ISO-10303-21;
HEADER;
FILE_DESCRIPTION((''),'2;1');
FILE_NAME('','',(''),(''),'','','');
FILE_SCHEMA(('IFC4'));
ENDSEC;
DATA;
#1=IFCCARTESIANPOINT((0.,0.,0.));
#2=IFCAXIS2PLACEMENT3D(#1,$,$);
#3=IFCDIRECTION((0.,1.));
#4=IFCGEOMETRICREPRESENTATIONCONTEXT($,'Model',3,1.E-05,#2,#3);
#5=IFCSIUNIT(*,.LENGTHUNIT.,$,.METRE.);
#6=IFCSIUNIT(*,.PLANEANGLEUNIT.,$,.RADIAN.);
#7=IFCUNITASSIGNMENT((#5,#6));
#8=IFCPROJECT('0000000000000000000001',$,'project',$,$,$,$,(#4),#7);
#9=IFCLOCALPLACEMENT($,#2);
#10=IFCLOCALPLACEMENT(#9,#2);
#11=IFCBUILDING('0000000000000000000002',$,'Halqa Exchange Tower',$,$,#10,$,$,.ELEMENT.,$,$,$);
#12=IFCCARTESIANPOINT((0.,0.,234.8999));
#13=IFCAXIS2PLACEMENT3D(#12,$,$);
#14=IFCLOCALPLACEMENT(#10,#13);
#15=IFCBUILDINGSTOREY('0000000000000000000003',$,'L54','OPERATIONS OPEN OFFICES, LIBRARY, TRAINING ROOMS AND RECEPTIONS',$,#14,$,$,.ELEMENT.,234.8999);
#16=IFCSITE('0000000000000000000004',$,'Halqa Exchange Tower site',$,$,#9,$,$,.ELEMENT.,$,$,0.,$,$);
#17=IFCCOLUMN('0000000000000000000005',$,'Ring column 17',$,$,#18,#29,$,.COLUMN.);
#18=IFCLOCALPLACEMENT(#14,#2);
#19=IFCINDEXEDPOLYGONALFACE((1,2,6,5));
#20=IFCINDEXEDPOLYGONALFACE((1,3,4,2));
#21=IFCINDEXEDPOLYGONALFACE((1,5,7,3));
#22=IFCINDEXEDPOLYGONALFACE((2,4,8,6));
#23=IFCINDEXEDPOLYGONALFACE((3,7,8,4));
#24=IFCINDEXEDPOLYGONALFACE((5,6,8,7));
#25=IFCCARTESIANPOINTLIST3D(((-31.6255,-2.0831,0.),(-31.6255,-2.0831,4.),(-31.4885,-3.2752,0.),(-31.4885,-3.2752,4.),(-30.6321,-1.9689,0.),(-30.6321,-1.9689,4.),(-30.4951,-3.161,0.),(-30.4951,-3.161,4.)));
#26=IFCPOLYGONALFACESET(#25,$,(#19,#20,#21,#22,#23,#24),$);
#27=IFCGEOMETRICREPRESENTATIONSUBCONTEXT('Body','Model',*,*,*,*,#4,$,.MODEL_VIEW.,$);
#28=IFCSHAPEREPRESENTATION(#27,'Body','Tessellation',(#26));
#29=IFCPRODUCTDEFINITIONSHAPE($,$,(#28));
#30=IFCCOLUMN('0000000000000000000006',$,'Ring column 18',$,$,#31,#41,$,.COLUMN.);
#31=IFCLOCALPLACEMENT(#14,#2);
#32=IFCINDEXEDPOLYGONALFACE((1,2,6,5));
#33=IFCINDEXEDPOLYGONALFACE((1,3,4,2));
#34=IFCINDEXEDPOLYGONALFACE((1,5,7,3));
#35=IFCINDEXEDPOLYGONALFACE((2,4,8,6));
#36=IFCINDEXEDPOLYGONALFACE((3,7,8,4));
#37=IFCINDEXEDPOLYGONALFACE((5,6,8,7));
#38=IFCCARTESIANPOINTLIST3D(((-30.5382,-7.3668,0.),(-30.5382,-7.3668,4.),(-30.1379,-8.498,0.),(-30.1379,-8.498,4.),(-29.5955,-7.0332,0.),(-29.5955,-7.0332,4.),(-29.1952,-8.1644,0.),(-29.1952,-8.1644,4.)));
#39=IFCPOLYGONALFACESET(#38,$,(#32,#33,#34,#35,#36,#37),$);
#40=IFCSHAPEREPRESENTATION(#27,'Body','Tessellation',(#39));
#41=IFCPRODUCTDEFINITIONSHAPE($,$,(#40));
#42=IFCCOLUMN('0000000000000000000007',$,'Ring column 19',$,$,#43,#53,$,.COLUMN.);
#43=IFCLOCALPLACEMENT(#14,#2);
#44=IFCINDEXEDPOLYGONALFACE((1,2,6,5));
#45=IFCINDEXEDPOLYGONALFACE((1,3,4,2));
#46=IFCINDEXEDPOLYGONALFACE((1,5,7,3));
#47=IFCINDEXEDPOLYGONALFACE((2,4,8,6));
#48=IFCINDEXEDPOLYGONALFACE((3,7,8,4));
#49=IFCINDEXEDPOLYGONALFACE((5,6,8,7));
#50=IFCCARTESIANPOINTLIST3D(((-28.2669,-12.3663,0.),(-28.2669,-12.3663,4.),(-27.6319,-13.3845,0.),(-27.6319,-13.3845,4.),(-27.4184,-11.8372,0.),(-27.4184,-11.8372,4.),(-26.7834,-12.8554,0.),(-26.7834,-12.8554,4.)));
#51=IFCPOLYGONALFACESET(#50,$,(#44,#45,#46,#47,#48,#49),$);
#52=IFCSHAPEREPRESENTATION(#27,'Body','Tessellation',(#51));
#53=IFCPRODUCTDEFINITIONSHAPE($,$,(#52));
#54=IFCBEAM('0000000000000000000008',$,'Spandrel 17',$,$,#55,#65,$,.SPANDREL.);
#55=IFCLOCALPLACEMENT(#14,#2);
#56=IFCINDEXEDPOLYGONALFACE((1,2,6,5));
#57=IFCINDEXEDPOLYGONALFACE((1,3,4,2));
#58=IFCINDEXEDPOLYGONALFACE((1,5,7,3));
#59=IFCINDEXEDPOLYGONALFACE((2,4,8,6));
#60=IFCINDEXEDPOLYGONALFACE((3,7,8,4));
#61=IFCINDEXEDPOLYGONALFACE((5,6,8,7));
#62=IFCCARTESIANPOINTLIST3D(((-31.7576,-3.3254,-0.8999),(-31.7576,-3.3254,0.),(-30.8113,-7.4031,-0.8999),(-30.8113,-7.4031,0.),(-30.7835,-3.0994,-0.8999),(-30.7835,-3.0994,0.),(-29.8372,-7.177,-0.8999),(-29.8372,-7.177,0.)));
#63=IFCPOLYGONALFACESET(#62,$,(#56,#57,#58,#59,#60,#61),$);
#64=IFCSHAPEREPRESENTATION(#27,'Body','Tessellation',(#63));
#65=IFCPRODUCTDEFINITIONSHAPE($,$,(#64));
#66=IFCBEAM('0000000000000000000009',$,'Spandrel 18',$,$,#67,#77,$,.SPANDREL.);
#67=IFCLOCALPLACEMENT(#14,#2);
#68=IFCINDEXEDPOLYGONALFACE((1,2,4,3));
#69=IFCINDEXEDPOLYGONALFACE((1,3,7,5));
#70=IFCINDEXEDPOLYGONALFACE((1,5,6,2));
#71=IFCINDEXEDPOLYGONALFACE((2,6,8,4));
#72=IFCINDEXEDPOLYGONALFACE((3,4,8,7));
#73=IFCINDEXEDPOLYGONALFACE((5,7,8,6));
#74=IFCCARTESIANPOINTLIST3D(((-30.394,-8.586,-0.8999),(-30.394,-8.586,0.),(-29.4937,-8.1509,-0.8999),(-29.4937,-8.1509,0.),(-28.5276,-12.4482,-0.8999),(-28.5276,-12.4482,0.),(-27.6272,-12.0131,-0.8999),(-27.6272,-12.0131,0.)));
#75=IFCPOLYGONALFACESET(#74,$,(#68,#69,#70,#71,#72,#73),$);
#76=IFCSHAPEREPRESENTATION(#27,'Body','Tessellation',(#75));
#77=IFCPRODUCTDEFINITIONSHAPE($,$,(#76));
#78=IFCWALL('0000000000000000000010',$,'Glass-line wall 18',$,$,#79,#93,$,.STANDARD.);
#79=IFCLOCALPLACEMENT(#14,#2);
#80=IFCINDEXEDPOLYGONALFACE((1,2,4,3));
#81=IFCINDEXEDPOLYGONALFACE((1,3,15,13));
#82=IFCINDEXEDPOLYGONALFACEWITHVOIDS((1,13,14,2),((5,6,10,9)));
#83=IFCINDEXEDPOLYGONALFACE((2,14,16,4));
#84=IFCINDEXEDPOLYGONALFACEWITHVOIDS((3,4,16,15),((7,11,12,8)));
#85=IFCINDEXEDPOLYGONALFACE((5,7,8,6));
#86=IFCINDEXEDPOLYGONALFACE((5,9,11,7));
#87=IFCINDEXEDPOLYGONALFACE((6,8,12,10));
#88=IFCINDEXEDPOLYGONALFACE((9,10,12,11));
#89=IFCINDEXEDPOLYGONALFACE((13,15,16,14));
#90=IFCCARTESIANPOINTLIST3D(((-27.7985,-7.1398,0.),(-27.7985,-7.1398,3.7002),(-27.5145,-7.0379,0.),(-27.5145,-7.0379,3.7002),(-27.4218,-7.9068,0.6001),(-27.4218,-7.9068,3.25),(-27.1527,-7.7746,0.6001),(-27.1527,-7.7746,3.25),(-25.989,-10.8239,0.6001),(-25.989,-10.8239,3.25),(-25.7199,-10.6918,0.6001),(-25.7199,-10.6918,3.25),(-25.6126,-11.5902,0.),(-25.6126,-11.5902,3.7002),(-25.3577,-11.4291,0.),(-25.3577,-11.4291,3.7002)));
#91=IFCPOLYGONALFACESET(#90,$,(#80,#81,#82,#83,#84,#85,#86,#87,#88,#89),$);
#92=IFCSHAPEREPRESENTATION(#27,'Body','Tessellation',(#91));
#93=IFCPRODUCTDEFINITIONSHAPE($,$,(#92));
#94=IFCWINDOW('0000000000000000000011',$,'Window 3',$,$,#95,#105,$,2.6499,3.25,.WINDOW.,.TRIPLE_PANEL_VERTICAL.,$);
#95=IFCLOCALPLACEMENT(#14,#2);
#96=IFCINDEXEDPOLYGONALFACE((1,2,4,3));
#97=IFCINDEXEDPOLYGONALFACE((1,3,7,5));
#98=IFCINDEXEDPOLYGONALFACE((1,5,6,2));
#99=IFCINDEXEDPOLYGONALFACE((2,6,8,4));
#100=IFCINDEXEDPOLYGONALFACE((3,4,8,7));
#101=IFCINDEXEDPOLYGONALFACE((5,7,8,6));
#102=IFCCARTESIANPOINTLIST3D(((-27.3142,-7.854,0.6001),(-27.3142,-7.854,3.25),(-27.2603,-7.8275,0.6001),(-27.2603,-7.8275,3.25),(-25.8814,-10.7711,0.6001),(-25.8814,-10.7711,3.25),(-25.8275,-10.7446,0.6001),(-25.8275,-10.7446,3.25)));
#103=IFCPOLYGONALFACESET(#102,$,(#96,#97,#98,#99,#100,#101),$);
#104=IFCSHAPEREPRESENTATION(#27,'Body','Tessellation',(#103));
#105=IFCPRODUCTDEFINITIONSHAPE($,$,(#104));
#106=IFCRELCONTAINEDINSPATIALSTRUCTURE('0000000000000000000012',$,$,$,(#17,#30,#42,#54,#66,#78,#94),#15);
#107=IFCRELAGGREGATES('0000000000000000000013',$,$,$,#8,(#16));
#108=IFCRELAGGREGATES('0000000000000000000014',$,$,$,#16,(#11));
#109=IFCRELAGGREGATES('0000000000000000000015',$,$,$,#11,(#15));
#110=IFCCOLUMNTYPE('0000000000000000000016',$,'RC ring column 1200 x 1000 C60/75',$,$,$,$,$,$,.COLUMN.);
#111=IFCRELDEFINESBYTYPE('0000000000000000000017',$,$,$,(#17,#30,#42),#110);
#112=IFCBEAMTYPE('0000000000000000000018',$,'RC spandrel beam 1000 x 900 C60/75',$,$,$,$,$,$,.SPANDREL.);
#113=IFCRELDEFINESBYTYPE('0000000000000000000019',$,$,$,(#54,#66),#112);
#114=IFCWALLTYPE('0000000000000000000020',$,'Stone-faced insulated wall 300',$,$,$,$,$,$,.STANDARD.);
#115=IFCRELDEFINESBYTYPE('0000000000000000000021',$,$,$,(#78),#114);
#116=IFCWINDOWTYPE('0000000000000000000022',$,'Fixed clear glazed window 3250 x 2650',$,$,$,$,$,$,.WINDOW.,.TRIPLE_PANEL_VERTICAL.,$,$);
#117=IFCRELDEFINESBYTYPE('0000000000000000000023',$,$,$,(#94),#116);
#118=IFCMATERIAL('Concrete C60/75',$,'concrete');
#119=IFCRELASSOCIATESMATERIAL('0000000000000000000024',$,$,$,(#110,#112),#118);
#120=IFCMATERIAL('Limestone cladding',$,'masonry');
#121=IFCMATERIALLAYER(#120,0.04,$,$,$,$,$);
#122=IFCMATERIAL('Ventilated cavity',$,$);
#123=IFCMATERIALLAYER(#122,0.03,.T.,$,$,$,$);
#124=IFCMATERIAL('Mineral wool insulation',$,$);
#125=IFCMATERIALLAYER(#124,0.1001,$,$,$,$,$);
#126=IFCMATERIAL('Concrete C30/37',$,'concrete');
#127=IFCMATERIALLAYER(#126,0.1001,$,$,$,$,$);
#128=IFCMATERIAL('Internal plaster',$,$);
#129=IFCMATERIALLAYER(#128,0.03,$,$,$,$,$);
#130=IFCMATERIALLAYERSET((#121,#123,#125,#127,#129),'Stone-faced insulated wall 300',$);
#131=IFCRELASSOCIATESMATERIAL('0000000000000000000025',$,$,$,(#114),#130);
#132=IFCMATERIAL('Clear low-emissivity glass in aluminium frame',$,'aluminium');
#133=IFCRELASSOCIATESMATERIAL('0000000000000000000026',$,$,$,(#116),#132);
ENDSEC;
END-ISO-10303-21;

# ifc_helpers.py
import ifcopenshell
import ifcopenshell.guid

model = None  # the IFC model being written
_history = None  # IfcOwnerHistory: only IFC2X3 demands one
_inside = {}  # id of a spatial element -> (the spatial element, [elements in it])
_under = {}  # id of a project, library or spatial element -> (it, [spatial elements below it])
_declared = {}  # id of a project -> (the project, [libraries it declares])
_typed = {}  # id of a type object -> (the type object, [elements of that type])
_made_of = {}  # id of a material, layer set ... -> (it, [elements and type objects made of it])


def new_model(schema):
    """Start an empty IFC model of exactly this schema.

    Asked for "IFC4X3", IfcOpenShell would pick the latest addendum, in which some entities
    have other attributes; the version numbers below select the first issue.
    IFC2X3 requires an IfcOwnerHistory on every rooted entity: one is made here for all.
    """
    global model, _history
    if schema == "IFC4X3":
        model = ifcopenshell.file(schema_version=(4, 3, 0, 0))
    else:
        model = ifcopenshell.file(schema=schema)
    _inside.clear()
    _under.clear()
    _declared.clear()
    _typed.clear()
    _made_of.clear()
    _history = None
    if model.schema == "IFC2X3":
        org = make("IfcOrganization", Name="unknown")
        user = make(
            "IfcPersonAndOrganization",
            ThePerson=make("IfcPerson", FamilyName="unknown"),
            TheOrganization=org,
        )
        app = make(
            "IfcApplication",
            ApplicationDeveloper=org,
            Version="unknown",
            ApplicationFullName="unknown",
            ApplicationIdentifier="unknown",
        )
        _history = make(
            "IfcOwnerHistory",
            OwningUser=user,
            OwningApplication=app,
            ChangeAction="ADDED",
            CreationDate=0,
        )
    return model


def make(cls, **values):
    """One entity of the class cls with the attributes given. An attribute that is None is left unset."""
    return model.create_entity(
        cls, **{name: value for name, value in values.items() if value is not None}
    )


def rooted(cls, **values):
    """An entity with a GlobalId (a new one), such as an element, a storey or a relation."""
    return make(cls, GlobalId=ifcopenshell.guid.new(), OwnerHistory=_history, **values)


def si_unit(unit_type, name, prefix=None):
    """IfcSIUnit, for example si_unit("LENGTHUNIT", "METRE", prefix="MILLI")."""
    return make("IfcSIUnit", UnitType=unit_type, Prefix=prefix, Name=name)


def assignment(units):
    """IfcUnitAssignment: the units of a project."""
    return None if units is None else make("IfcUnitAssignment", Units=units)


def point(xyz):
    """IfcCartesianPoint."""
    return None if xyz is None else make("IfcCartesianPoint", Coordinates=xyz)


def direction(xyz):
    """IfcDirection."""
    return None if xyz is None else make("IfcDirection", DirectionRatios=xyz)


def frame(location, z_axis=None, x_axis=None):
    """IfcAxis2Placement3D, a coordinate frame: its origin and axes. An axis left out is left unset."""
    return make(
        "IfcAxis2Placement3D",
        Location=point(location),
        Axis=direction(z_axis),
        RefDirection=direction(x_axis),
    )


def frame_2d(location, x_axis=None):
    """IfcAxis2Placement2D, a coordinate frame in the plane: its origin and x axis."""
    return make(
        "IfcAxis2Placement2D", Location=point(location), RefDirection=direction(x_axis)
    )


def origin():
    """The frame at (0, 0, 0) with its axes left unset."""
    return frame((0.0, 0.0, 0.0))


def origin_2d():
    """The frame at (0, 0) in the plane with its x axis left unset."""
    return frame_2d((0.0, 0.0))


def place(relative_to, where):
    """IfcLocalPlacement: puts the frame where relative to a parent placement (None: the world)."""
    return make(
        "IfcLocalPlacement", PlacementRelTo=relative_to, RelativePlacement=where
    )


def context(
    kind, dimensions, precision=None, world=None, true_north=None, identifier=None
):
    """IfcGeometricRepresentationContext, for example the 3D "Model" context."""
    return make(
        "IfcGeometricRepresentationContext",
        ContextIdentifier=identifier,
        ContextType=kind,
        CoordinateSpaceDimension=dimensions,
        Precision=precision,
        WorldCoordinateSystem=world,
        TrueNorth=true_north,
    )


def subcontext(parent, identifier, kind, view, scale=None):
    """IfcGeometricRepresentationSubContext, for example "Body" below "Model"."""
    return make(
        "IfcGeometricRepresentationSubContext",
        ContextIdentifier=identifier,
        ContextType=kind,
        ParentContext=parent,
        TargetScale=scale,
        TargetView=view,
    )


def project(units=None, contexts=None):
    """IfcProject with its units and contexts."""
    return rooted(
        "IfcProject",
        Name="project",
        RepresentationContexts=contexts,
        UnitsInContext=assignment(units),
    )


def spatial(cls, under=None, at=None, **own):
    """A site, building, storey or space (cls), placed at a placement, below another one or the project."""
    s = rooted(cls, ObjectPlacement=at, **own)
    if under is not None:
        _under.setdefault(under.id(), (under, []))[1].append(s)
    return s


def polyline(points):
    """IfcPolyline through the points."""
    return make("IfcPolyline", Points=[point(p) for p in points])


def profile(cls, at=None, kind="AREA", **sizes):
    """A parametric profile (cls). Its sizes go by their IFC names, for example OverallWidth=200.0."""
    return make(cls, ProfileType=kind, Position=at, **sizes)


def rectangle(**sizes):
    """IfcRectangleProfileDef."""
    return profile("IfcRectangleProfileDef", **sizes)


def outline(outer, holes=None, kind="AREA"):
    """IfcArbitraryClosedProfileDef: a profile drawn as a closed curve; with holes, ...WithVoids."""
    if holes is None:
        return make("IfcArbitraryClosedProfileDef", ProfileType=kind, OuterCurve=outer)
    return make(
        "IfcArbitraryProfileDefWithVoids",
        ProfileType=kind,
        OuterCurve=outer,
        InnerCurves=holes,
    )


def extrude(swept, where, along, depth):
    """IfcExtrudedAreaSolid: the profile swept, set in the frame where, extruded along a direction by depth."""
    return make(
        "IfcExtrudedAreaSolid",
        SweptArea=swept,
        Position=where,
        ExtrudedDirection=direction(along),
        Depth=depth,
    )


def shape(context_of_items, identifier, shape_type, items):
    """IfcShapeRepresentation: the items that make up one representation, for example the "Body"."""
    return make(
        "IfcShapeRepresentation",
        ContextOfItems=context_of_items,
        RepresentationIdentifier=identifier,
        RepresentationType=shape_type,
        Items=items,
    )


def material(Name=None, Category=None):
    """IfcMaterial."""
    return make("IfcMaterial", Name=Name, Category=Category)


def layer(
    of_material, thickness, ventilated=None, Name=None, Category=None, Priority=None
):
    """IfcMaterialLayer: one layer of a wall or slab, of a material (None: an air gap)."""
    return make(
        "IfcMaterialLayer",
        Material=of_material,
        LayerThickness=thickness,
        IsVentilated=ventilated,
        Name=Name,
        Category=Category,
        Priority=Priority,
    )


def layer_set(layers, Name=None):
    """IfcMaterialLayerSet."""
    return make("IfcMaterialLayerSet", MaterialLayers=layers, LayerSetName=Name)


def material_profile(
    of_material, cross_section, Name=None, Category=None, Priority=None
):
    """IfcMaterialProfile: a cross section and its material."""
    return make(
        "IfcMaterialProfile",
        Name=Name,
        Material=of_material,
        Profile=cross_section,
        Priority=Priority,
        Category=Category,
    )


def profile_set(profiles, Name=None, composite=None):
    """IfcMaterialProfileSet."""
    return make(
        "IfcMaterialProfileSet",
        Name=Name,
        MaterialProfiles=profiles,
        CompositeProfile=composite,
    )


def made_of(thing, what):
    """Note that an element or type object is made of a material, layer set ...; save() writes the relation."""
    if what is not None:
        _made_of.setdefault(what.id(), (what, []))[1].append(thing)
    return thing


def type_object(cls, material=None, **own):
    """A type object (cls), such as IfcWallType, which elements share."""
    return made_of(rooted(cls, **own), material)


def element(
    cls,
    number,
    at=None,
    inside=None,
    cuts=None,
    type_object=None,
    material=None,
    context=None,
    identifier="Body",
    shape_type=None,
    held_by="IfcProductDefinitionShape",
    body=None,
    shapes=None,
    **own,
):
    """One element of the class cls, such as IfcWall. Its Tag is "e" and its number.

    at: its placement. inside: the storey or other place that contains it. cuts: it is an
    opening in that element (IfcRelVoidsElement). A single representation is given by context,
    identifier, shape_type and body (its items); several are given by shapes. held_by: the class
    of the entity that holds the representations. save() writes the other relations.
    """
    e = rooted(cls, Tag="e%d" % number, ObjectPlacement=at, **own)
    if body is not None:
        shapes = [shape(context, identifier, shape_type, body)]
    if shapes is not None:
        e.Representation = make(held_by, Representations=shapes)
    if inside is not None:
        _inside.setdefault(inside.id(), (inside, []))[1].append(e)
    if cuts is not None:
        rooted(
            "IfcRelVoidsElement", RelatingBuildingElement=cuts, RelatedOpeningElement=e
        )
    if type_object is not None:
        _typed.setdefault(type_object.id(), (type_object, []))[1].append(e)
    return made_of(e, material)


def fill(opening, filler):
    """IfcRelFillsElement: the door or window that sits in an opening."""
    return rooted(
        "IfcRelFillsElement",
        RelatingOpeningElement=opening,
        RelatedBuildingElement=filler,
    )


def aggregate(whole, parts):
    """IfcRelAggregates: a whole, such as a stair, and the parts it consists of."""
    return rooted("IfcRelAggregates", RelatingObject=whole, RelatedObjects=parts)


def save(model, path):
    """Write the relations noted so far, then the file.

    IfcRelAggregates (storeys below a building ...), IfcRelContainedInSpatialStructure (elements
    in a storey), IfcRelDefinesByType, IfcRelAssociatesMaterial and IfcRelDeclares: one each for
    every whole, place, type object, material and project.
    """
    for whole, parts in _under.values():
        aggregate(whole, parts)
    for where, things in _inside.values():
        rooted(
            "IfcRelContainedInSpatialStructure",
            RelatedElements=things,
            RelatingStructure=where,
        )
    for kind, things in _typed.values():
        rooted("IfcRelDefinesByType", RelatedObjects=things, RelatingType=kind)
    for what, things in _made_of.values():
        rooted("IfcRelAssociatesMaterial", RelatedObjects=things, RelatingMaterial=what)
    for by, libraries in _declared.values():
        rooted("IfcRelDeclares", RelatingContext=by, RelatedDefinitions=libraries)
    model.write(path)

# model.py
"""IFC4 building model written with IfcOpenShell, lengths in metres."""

from ifc_helpers import new_model, si_unit, direction, frame, frame_2d, origin, origin_2d, place, context, subcontext, project, spatial, polyline, rectangle, outline, extrude, material, layer, layer_set, material_profile, profile_set, type_object, element, fill, save


model = new_model("IFC4")

# Units and contexts
model_context = context("Model", 3, precision=1e-05, world=origin(), true_north=direction((0.0, 1.0)))
body_context = subcontext(model_context, "Body", "Model", "MODEL_VIEW")
ifc_project = project(units=[si_unit("LENGTHUNIT", "METRE"), si_unit("PLANEANGLEUNIT", "RADIAN")], contexts=[model_context])

# Site, building, storey
site_placement = place(None, origin())
site = spatial("IfcSite", under=ifc_project, at=site_placement, Name="Halqa Exchange Tower site", CompositionType="ELEMENT", RefElevation=0.0)
building_placement = place(site_placement, origin())
building = spatial("IfcBuilding", under=site, at=building_placement, Name="Halqa Exchange Tower", CompositionType="ELEMENT")
storey_placement = place(building_placement, frame((0.0, 0.0, 234.8999)))
storey = spatial("IfcBuildingStorey", under=building, at=storey_placement, Name="L54", Description="OPERATIONS OPEN OFFICES, LIBRARY, TRAINING ROOMS AND RECEPTIONS", CompositionType="ELEMENT", Elevation=234.8999)

# Columns
ifc_material_1 = material(Name="Concrete C60/75", Category="concrete")
ifc_material_profile_1 = material_profile(ifc_material_1, rectangle(XDim=1.2, YDim=1.0, at=origin_2d()), Name="1200 x 1000")
ifc_profile_set_1 = profile_set([ifc_material_profile_1], Name="Concrete C60/75")
column_type = type_object("IfcColumnType", Name="RC ring column 1200 x 1000 C60/75", PredefinedType="COLUMN", material=ifc_profile_set_1)
for number, where, z_axis, x_axis, name in (
    (1, (-31.0603, -2.6221, 0.0), (0.0, 0.0, 1.0), (0.114153, -0.993463, 0.0), "Ring column 17"),
    (2, (-29.8667, -7.7656, 0.0), (0.0, 0.0, 1.0), (0.333624, -0.942706, 0.0), "Ring column 18"),
    (3, (-27.5251, -12.6108, 0.0), (0.0, 0.0, 1.0), (0.529148, -0.84853, 0.0), "Ring column 19"),
):
    element("IfcColumn", number, at=place(storey_placement, frame(where, z_axis=z_axis, x_axis=x_axis)), inside=storey, type_object=column_type, Name=name, PredefinedType="COLUMN", context=body_context, shape_type="SweptSolid", body=[
        extrude(rectangle(XDim=1.2, YDim=1.0, at=origin_2d()), origin(), (0.0, 0.0, 1.0), 4.0),
    ])

# Beams
ifc_material_profile_2 = material_profile(ifc_material_1, rectangle(XDim=1.0, YDim=0.8999, at=origin_2d()), Name="1000 x 900")
ifc_profile_set_2 = profile_set([ifc_material_profile_2], Name="Concrete C60/75")
beam_type = type_object("IfcBeamType", Name="RC spandrel beam 1000 x 900 C60/75", PredefinedType="SPANDREL", material=ifc_profile_set_2)
beam_1_placement = place(storey_placement, frame((-31.2705, -3.2124, -0.45), z_axis=(0.226061, -0.974113, 0.0), x_axis=(0.974113, 0.226061, 0.0)))
element("IfcBeam", 4, at=beam_1_placement, inside=storey, type_object=beam_type, Name="Spandrel 17", PredefinedType="SPANDREL", context=body_context, shape_type="SweptSolid", body=[
    extrude(rectangle(XDim=1.0, YDim=0.8999, at=origin_2d()), origin(), (0.0, 0.0, 1.0), 4.186),
])
beam_2_placement = place(storey_placement, frame((-29.9438, -8.3684, -0.45), z_axis=(0.435107, -0.900379, 0.0), x_axis=(0.900379, 0.435107, 0.0)))
element("IfcBeam", 5, at=beam_2_placement, inside=storey, type_object=beam_type, Name="Spandrel 18", PredefinedType="SPANDREL", context=body_context, shape_type="SweptSolid", body=[
    extrude(rectangle(XDim=1.0, YDim=0.8999, at=origin_2d()), origin(), (0.0, 0.0, 1.0), 4.2896),
])

# Wall, opening, window
ifc_material_2 = material(Name="Limestone cladding", Category="masonry")
ifc_layer_1 = layer(ifc_material_2, 0.04)
ifc_material_3 = material(Name="Ventilated cavity")
ifc_layer_2 = layer(ifc_material_3, 0.03, ventilated=True)
ifc_material_4 = material(Name="Mineral wool insulation")
ifc_layer_3 = layer(ifc_material_4, 0.1001)
ifc_material_5 = material(Name="Concrete C30/37", Category="concrete")
ifc_layer_4 = layer(ifc_material_5, 0.1001)
ifc_material_6 = material(Name="Internal plaster")
ifc_layer_5 = layer(ifc_material_6, 0.03)
ifc_layer_set = layer_set([ifc_layer_1, ifc_layer_2, ifc_layer_3, ifc_layer_4, ifc_layer_5], Name="Stone-faced insulated wall 300")
wall_type = type_object("IfcWallType", Name="Stone-faced insulated wall 300", PredefinedType="STANDARD", material=ifc_layer_set)
wall_placement = place(storey_placement, frame((-27.6565, -7.0889, 0.0), z_axis=(0.0, 0.0, 1.0), x_axis=(0.440858, -0.897577, 0.0)))
wall = element("IfcWall", 6, at=wall_placement, inside=storey, type_object=wall_type, Name="Glass-line wall 18", PredefinedType="STANDARD", context=body_context, shape_type="SweptSolid", body=[
    extrude(outline(polyline([(-0.0168, -0.1499), (4.9414, -0.1499), (4.9092, 0.1499), (0.0168, 0.1499), (-0.0168, -0.1499)])), origin(), (0.0, 0.0, 1.0), 3.7002),
])
opening_placement = place(wall_placement, frame((0.8376, 0.0, 0.6001)))
opening = element("IfcOpeningElement", 7, at=opening_placement, cuts=wall, PredefinedType="OPENING", context=body_context, shape_type="SweptSolid", body=[
    extrude(rectangle(XDim=3.25, YDim=2.6499, at=frame_2d((1.625, 1.325))), frame((0.0, 0.1621, 0.0), z_axis=(0.0, -1.0, 0.0), x_axis=(1.0, 0.0, 0.0)), (0.0, 0.0, 1.0), 0.324),
])
ifc_material_7 = material(Name="Clear low-emissivity glass in aluminium frame", Category="aluminium")
window_type = type_object("IfcWindowType", Name="Fixed clear glazed window 3250 x 2650", PartitioningType="TRIPLE_PANEL_VERTICAL", PredefinedType="WINDOW", material=ifc_material_7)
window_placement = place(opening_placement, origin())
window = element("IfcWindow", 8, at=window_placement, inside=storey, type_object=window_type, Name="Window 3", OverallHeight=2.6499, OverallWidth=3.25, PartitioningType="TRIPLE_PANEL_VERTICAL", PredefinedType="WINDOW", context=body_context, shape_type="SweptSolid", body=[
    extrude(rectangle(XDim=3.25, YDim=2.6499, at=frame_2d((1.625, 1.325))), frame((0.0, 0.03, 0.0), z_axis=(0.0, -1.0, 0.0), x_axis=(1.0, 0.0, 0.0)), (0.0, 0.0, 1.0), 0.0601),
])
fill(opening, window)

save(model, "model.ifc")
